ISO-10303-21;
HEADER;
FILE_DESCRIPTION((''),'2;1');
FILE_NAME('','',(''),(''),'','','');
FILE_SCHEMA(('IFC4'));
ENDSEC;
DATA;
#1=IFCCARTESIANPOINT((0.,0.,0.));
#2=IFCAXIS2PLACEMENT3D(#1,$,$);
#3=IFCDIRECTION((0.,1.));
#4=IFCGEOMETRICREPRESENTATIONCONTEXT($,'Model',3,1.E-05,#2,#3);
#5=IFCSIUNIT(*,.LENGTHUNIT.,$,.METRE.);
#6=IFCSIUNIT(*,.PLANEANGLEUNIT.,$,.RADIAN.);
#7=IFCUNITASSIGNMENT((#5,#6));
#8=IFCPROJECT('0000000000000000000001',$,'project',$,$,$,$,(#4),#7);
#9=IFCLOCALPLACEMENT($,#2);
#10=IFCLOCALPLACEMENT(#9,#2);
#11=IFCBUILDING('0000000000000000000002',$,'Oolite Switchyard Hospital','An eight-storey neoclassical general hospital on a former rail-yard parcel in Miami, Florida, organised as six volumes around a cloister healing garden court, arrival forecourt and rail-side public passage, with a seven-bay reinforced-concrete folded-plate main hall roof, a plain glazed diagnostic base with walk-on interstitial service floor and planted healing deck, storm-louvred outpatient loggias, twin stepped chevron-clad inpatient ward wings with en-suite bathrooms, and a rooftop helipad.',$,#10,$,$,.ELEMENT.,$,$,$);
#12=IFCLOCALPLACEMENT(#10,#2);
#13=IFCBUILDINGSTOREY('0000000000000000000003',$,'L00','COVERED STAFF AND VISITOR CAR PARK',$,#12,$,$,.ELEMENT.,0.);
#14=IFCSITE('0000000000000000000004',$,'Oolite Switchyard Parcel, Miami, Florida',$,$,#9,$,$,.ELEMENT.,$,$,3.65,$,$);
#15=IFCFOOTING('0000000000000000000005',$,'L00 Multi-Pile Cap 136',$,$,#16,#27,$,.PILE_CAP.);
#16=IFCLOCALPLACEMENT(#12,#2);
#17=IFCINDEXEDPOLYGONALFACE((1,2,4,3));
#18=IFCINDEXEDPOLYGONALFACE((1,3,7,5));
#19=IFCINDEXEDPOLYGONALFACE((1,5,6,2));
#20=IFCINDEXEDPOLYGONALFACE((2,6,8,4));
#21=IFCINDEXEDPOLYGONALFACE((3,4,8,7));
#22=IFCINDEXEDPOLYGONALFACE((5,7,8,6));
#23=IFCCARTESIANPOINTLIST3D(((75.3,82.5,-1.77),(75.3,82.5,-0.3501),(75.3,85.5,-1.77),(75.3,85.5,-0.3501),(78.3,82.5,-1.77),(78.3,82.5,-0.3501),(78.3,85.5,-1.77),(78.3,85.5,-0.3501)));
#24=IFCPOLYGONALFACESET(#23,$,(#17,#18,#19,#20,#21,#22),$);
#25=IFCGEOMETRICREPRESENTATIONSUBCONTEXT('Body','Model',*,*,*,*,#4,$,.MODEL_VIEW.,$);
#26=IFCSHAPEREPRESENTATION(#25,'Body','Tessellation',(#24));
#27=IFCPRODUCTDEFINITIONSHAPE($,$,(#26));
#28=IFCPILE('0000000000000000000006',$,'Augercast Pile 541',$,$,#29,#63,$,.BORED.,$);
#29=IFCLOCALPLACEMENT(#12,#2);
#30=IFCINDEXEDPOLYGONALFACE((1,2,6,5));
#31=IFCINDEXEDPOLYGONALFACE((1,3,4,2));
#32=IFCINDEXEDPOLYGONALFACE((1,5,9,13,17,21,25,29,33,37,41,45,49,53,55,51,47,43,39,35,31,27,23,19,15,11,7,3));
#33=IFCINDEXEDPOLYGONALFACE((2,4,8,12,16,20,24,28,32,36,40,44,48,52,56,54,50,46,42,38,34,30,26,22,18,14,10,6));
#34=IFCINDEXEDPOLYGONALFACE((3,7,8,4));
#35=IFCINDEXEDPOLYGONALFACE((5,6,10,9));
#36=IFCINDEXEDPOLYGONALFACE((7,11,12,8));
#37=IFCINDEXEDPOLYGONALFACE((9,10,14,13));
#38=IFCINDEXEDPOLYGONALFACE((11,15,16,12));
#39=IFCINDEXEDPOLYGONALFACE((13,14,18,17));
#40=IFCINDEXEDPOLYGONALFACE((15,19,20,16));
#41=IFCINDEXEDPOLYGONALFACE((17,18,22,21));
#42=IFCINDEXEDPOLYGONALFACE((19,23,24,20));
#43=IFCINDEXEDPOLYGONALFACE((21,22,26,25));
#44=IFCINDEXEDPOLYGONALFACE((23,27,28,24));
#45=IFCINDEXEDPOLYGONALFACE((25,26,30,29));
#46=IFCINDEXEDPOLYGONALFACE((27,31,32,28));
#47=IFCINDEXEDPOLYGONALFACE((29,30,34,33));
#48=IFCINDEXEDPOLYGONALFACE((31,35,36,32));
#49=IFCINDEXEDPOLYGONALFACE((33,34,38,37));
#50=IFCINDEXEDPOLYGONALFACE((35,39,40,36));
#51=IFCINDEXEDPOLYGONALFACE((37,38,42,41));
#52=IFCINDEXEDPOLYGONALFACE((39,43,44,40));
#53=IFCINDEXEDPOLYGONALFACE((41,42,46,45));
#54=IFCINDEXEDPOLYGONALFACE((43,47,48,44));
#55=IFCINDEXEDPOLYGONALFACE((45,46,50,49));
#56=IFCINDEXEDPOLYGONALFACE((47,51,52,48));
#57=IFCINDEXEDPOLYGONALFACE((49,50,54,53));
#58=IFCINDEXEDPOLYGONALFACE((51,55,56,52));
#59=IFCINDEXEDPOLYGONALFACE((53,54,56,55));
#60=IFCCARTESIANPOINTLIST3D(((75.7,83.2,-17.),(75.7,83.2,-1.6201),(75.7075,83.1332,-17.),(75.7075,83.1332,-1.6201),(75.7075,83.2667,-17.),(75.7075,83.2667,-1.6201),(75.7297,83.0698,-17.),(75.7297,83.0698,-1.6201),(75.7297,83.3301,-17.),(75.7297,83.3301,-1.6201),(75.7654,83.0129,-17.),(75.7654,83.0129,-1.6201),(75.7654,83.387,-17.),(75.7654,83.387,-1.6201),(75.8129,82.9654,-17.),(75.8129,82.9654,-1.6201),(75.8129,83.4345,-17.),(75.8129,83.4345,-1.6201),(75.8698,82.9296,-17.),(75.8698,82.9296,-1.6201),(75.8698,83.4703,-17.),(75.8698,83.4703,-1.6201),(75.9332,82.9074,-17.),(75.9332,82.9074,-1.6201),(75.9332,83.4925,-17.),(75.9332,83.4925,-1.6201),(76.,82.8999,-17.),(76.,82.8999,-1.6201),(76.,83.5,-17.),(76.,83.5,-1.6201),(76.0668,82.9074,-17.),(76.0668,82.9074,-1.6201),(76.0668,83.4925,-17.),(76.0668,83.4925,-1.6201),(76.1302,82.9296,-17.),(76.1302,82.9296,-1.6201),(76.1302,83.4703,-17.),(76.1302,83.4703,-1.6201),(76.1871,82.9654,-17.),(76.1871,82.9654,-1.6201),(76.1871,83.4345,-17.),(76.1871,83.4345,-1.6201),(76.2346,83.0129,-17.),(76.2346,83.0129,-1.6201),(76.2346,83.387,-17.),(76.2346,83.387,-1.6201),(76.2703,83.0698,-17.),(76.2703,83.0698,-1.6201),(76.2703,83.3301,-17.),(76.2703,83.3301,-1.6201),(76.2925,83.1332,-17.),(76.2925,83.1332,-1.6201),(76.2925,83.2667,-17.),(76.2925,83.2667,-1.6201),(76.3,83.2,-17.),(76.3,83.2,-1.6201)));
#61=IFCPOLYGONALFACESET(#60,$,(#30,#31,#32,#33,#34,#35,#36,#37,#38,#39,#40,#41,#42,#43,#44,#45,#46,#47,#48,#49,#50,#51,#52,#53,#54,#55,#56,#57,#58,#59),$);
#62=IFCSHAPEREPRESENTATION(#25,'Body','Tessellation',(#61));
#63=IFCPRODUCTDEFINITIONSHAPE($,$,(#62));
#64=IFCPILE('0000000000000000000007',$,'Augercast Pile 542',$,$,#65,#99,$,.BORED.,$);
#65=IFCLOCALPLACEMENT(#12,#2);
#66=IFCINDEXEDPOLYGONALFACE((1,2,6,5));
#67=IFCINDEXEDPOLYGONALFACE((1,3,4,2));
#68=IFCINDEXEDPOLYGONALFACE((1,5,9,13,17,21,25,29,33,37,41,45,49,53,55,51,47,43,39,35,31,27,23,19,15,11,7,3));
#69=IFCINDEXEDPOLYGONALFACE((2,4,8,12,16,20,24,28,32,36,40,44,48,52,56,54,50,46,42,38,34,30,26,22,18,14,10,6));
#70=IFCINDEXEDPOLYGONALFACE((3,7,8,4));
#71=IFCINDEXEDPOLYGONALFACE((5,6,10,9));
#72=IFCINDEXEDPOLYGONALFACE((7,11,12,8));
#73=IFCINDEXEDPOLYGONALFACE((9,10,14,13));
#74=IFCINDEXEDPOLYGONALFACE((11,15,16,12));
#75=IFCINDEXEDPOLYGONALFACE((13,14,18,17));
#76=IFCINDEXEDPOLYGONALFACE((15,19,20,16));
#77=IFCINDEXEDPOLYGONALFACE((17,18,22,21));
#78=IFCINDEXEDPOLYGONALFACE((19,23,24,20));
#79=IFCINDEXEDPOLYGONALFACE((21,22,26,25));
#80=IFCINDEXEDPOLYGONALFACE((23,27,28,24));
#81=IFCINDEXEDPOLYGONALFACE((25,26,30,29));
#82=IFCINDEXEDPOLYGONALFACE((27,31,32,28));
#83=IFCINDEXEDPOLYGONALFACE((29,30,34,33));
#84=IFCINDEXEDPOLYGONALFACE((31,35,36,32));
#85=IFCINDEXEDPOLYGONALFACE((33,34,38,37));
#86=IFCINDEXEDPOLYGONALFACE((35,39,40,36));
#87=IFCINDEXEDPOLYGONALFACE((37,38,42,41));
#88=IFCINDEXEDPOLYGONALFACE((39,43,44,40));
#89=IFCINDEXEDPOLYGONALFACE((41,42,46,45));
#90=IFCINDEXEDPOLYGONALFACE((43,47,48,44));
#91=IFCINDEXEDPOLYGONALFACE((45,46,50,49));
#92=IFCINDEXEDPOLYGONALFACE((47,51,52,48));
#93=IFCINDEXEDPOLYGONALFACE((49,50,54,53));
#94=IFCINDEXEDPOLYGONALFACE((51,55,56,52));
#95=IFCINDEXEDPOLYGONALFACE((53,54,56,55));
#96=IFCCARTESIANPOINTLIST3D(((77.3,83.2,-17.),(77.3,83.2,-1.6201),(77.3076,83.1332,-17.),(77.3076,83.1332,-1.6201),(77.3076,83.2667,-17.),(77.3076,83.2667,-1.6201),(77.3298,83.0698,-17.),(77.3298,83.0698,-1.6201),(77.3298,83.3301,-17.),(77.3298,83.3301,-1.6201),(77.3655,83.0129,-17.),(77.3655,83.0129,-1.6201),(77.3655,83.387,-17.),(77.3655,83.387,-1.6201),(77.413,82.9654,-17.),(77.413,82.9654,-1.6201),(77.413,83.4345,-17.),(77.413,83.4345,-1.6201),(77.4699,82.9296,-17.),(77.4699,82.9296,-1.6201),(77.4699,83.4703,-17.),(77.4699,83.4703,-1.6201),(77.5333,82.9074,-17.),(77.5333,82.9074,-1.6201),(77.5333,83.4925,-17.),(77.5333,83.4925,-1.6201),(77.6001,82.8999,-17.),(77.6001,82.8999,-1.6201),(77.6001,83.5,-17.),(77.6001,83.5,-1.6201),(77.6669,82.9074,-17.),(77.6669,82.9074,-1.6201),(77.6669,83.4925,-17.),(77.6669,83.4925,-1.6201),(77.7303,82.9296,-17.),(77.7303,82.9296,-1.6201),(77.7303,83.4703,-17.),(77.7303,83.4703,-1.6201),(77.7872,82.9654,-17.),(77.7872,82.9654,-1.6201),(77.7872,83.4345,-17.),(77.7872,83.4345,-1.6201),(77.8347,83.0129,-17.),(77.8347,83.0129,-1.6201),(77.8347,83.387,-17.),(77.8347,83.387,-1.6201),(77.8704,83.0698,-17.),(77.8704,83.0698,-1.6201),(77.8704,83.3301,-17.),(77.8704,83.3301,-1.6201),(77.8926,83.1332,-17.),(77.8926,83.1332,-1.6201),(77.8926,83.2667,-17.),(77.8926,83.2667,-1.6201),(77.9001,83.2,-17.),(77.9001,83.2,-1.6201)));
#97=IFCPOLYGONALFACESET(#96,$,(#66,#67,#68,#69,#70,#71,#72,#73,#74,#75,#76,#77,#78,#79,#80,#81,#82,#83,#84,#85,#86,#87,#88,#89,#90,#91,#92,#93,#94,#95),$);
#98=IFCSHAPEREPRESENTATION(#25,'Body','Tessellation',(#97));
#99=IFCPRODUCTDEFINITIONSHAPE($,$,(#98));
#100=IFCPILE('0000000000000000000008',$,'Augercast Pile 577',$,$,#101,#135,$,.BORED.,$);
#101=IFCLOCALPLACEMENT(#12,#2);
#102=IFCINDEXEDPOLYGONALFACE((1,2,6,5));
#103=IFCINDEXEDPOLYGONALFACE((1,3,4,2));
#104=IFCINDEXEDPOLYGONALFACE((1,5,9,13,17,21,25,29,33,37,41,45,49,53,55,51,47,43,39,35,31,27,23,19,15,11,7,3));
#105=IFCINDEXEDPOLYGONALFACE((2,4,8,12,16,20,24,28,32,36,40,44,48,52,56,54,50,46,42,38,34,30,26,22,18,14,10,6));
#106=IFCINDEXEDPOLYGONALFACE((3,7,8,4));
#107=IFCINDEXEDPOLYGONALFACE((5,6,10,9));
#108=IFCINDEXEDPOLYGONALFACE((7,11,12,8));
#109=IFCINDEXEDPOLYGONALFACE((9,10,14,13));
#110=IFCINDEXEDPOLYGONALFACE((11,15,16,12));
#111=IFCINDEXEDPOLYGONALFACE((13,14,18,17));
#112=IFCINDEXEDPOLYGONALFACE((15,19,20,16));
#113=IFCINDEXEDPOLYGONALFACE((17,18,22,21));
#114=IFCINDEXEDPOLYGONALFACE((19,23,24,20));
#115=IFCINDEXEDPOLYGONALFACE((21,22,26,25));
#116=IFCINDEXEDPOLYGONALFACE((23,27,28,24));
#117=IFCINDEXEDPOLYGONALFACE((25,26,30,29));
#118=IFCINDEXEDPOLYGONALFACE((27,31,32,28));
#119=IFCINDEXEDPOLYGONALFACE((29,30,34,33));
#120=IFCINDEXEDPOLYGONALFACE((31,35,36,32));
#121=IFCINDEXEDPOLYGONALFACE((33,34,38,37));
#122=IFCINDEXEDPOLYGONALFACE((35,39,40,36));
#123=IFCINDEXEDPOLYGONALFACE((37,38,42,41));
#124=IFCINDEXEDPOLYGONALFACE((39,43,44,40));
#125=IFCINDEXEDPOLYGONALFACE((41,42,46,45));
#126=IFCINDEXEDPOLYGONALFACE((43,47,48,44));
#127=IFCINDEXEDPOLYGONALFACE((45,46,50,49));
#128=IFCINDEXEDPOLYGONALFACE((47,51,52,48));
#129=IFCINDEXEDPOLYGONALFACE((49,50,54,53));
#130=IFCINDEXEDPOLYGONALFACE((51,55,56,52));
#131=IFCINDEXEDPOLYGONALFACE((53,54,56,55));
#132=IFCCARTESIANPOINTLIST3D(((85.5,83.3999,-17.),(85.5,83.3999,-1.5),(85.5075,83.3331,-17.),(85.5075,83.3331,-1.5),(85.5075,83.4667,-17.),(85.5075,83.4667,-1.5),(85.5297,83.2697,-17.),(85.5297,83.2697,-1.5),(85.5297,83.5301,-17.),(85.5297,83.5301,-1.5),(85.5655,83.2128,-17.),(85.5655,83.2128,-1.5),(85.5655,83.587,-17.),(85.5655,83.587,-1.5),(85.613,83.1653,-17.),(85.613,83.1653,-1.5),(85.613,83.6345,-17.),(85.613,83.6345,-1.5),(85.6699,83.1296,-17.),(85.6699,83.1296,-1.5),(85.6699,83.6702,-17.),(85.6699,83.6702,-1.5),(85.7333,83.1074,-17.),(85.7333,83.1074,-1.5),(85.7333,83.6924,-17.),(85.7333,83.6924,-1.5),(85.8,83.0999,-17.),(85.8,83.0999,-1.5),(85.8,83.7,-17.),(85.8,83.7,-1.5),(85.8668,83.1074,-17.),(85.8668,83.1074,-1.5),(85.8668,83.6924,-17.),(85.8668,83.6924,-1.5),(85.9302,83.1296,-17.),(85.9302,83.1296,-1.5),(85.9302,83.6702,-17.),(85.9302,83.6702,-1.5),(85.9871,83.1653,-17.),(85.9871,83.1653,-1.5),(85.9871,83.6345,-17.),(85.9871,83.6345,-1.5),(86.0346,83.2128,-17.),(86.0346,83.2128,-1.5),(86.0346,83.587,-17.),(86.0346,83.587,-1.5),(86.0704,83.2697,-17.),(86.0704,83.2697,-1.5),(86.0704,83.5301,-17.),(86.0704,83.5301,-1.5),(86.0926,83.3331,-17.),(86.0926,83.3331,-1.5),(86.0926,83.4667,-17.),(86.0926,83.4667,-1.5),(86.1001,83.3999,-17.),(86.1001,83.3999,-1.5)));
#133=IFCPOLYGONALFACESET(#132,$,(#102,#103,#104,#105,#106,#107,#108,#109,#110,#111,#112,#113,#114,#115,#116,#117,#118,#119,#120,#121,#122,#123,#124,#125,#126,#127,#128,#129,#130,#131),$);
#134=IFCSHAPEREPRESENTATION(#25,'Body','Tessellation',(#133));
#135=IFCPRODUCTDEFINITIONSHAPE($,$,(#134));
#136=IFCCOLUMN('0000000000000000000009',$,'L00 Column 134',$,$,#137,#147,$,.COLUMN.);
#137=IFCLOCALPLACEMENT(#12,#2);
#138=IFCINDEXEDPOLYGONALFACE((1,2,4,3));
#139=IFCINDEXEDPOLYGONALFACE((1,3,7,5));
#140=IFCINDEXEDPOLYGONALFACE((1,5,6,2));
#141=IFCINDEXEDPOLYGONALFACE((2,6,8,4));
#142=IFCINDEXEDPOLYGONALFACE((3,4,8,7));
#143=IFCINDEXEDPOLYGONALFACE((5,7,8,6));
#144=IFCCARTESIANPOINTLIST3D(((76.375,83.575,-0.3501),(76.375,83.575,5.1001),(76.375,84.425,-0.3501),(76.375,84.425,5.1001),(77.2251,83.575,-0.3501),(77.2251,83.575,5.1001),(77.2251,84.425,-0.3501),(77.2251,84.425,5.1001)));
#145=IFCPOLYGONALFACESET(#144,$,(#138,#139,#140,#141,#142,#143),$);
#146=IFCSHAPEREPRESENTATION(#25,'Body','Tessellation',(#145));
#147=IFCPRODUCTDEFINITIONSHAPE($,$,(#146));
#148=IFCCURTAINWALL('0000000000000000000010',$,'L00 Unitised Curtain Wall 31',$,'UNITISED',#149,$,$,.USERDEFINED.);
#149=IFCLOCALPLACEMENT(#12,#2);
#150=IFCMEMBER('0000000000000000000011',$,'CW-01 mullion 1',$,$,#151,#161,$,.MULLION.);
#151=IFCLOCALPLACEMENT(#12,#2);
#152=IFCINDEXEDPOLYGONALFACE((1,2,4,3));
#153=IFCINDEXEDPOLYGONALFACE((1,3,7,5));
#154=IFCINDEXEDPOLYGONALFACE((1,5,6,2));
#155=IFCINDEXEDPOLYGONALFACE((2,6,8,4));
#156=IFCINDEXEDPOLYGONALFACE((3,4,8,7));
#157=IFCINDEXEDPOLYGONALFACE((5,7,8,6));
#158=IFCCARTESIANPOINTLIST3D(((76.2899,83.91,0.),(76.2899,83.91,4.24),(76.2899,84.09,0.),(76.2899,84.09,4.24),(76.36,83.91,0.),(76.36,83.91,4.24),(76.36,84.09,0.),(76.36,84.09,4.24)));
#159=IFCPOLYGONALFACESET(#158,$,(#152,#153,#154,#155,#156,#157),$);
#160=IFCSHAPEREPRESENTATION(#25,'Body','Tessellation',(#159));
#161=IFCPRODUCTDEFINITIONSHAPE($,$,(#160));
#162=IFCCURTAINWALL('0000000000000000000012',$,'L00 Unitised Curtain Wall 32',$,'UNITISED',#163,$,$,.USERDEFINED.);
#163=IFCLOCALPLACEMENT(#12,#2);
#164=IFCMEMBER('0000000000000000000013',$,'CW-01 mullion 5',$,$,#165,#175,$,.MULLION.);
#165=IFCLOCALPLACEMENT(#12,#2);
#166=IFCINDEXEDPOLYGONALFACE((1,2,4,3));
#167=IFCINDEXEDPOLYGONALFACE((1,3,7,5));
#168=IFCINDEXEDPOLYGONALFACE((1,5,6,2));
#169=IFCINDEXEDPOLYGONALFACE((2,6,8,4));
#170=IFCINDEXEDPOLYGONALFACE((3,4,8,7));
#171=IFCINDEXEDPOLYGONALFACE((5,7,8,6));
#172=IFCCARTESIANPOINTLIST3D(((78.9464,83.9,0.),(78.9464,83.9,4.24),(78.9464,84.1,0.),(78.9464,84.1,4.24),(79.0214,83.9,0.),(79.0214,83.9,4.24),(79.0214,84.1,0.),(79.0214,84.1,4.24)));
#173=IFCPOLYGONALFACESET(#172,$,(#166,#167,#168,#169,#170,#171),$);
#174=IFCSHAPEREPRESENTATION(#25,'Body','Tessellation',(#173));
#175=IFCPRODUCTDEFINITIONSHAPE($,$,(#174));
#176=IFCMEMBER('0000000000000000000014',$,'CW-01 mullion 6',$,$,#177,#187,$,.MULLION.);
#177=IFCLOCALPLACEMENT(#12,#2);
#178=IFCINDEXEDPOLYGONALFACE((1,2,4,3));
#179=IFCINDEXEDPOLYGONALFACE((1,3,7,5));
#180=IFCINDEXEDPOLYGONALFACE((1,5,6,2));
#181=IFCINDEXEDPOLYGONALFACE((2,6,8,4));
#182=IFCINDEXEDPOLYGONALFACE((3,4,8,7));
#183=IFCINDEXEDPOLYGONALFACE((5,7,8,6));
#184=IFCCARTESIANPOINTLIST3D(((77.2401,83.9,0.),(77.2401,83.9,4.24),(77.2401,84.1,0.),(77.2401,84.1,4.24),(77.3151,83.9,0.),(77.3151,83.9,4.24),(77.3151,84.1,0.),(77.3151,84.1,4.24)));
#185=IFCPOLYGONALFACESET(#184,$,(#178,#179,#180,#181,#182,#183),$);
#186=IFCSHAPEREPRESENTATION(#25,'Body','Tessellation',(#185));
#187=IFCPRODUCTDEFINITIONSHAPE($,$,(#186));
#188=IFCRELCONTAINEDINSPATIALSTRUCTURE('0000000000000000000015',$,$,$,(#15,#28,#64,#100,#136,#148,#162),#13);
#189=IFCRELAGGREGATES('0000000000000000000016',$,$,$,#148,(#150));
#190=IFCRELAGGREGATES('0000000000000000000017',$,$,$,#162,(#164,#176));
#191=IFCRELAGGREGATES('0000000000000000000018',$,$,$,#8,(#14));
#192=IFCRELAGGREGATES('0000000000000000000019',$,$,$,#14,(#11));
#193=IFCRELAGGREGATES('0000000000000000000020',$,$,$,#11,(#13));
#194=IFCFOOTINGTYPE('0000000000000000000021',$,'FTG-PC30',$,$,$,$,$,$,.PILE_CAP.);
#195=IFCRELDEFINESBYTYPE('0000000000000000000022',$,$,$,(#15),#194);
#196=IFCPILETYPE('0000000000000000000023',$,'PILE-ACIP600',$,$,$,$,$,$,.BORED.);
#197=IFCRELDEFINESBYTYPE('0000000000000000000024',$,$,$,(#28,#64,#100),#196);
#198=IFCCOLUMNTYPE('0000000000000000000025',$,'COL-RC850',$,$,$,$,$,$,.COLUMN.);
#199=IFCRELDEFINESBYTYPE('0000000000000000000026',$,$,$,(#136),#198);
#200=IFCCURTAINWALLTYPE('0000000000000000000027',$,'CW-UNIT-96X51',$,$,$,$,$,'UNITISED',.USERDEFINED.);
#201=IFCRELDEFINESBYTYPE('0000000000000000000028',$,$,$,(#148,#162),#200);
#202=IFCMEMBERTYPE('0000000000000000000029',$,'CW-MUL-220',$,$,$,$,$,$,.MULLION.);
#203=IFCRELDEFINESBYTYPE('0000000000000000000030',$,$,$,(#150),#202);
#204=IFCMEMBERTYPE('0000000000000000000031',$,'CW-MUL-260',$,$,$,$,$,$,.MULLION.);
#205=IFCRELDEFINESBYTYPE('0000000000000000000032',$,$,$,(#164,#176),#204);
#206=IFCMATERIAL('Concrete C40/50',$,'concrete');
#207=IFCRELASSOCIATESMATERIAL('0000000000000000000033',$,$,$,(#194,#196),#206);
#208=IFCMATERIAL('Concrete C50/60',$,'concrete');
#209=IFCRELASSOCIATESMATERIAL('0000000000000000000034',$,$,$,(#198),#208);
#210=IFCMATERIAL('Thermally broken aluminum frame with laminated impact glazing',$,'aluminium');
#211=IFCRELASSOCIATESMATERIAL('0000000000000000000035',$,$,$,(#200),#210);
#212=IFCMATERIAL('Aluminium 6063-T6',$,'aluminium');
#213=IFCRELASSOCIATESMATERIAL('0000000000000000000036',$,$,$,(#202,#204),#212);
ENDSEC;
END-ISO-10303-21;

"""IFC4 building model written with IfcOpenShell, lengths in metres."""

from ifc_helpers import new_model, si_unit, direction, frame, origin, origin_2d, place, context, subcontext, project, spatial, rectangle, circle, extrude, material, material_profile, profile_set, type_object, element, aggregate, save


model = new_model("IFC4")

# Units and contexts
model_context = context("Model", 3, precision=1e-05, world=origin(), true_north=direction((0.0, 1.0)))
body_context = subcontext(model_context, "Body", "Model", "MODEL_VIEW")
ifc_project = project(units=[si_unit("LENGTHUNIT", "METRE"), si_unit("PLANEANGLEUNIT", "RADIAN")], contexts=[model_context])

# Site, building, storey
site_placement = place(None, origin())
site = spatial("IfcSite", under=ifc_project, at=site_placement, Name="Oolite Switchyard Parcel, Miami, Florida", CompositionType="ELEMENT", RefElevation=3.65)
building_placement = place(site_placement, origin())
building = spatial("IfcBuilding", under=site, at=building_placement, Name="Oolite Switchyard Hospital", Description="An eight-storey neoclassical general hospital on a former rail-yard parcel in Miami, Florida, organised as six volumes around a cloister healing garden court, arrival forecourt and rail-side public passage, with a seven-bay reinforced-concrete folded-plate main hall roof, a plain glazed diagnostic base with walk-on interstitial service floor and planted healing deck, storm-louvred outpatient loggias, twin stepped chevron-clad inpatient ward wings with en-suite bathrooms, and a rooftop helipad.", CompositionType="ELEMENT")
storey_placement = place(building_placement, origin())
storey = spatial("IfcBuildingStorey", under=building, at=storey_placement, Name="L00", Description="COVERED STAFF AND VISITOR CAR PARK", CompositionType="ELEMENT", Elevation=0.0)

# Footing
ifc_material_1 = material(Name="Concrete C40/50", Category="concrete")
footing_type = type_object("IfcFootingType", Name="FTG-PC30", PredefinedType="PILE_CAP", material=ifc_material_1)
footing_placement = place(storey_placement, frame((76.8, 84.0, -1.77), z_axis=(0.0, 0.0, 1.0), x_axis=(1.0, 0.0, 0.0)))
element("IfcFooting", 1, at=footing_placement, inside=storey, type_object=footing_type, Name="L00 Multi-Pile Cap 136", PredefinedType="PILE_CAP", context=body_context, shape_type="SweptSolid", body=[
    extrude(rectangle(XDim=3.0, YDim=3.0, at=origin_2d()), origin(), (0.0, 0.0, 1.0), 1.4199),
])

# Piles
ifc_material_profile_1 = material_profile(ifc_material_1, circle(Radius=0.3, at=origin_2d()), Name="PILE600")
ifc_profile_set_1 = profile_set([ifc_material_profile_1], Name="Concrete C40/50")
pile_type = type_object("IfcPileType", Name="PILE-ACIP600", PredefinedType="BORED", material=ifc_profile_set_1)
for number, where, z_axis, x_axis, name in (
    (2, (76.0, 83.2, -1.6201), (0.0, 0.0, -1.0), (1.0, 0.0, 0.0), "Augercast Pile 541"),
    (3, (77.6001, 83.2, -1.6201), (0.0, 0.0, -1.0), (1.0, 0.0, 0.0), "Augercast Pile 542"),
):
    element("IfcPile", number, at=place(storey_placement, frame(where, z_axis=z_axis, x_axis=x_axis)), inside=storey, type_object=pile_type, Name=name, PredefinedType="BORED", context=body_context, shape_type="SweptSolid", body=[
        extrude(circle(Radius=0.3, at=origin_2d()), origin(), (0.0, 0.0, 1.0), 15.3799),
    ])
pile_placement = place(storey_placement, frame((85.8, 83.3999, -1.5), z_axis=(0.0, 0.0, -1.0), x_axis=(1.0, 0.0, 0.0)))
element("IfcPile", 4, at=pile_placement, inside=storey, type_object=pile_type, Name="Augercast Pile 577", PredefinedType="BORED", context=body_context, shape_type="SweptSolid", body=[
    extrude(circle(Radius=0.3, at=origin_2d()), origin(), (0.0, 0.0, 1.0), 15.5),
])

# Column
ifc_material_2 = material(Name="Concrete C50/60", Category="concrete")
ifc_material_profile_2 = material_profile(ifc_material_2, rectangle(XDim=0.8501, YDim=0.8501, at=origin_2d()), Name="RC850X850")
ifc_profile_set_2 = profile_set([ifc_material_profile_2], Name="Concrete C50/60")
column_type = type_object("IfcColumnType", Name="COL-RC850", PredefinedType="COLUMN", material=ifc_profile_set_2)
column_placement = place(storey_placement, frame((76.8, 84.0, -0.3501), z_axis=(0.0, 0.0, 1.0), x_axis=(1.0, 0.0, 0.0)))
element("IfcColumn", 5, at=column_placement, inside=storey, type_object=column_type, Name="L00 Column 134", PredefinedType="COLUMN", context=body_context, shape_type="SweptSolid", body=[
    extrude(rectangle(XDim=0.8501, YDim=0.8501, at=origin_2d()), origin(), (0.0, 0.0, 1.0), 5.4502),
])

# Curtain wall, member
ifc_material_3 = material(Name="Thermally broken aluminum frame with laminated impact glazing", Category="aluminium")
curtain_wall_type = type_object("IfcCurtainWallType", Name="CW-UNIT-96X51", ElementType="UNITISED", PredefinedType="USERDEFINED", material=ifc_material_3)
curtain_wall_1_placement = place(storey_placement, origin())
curtain_wall_1 = element("IfcCurtainWall", 6, at=curtain_wall_1_placement, inside=storey, type_object=curtain_wall_type, Name="L00 Unitised Curtain Wall 31", ObjectType="UNITISED", PredefinedType="USERDEFINED")
ifc_material_4 = material(Name="Aluminium 6063-T6", Category="aluminium")
ifc_material_profile_3 = material_profile(ifc_material_4, rectangle(XDim=0.1799, YDim=0.0701, at=origin_2d()), Name="CWM70X180")
ifc_profile_set_3 = profile_set([ifc_material_profile_3], Name="Aluminium 6063-T6")
member_type_1 = type_object("IfcMemberType", Name="CW-MUL-220", PredefinedType="MULLION", material=ifc_profile_set_3)
member_1_placement = place(storey_placement, frame((76.325, 84.0, 0.0), z_axis=(0.0, 0.0, 1.0), x_axis=(0.0, -1.0, 0.0)))
member_1 = element("IfcMember", 7, at=member_1_placement, type_object=member_type_1, Name="CW-01 mullion 1", PredefinedType="MULLION", context=body_context, shape_type="SweptSolid", body=[
    extrude(rectangle(XDim=0.1799, YDim=0.0701, at=origin_2d()), origin(), (0.0, 0.0, 1.0), 4.24),
])

# Curtain wall, members
curtain_wall_2_placement = place(storey_placement, origin())
curtain_wall_2 = element("IfcCurtainWall", 8, at=curtain_wall_2_placement, inside=storey, type_object=curtain_wall_type, Name="L00 Unitised Curtain Wall 32", ObjectType="UNITISED", PredefinedType="USERDEFINED")
ifc_material_profile_4 = material_profile(ifc_material_4, rectangle(XDim=0.2, YDim=0.075, at=origin_2d()), Name="CWM75X200")
ifc_profile_set_4 = profile_set([ifc_material_profile_4], Name="Aluminium 6063-T6")
member_type_2 = type_object("IfcMemberType", Name="CW-MUL-260", PredefinedType="MULLION", material=ifc_profile_set_4)
member_2_placement = place(storey_placement, frame((78.9839, 84.0, 0.0), z_axis=(0.0, 0.0, 1.0), x_axis=(0.0, -1.0, 0.0)))
member_2 = element("IfcMember", 9, at=member_2_placement, type_object=member_type_2, Name="CW-01 mullion 5", PredefinedType="MULLION", context=body_context, shape_type="SweptSolid", body=[
    extrude(rectangle(XDim=0.2, YDim=0.075, at=origin_2d()), origin(), (0.0, 0.0, 1.0), 4.24),
])
member_3_placement = place(storey_placement, frame((77.2776, 84.0, 0.0), z_axis=(0.0, 0.0, 1.0), x_axis=(0.0, -1.0, 0.0)))
member_3 = element("IfcMember", 10, at=member_3_placement, type_object=member_type_2, Name="CW-01 mullion 6", PredefinedType="MULLION", context=body_context, shape_type="SweptSolid", body=[
    extrude(rectangle(XDim=0.2, YDim=0.075, at=origin_2d()), origin(), (0.0, 0.0, 1.0), 4.24),
])

aggregate(curtain_wall_1, [member_1])
aggregate(curtain_wall_2, [member_2, member_3])

save(model, "model.ifc")
